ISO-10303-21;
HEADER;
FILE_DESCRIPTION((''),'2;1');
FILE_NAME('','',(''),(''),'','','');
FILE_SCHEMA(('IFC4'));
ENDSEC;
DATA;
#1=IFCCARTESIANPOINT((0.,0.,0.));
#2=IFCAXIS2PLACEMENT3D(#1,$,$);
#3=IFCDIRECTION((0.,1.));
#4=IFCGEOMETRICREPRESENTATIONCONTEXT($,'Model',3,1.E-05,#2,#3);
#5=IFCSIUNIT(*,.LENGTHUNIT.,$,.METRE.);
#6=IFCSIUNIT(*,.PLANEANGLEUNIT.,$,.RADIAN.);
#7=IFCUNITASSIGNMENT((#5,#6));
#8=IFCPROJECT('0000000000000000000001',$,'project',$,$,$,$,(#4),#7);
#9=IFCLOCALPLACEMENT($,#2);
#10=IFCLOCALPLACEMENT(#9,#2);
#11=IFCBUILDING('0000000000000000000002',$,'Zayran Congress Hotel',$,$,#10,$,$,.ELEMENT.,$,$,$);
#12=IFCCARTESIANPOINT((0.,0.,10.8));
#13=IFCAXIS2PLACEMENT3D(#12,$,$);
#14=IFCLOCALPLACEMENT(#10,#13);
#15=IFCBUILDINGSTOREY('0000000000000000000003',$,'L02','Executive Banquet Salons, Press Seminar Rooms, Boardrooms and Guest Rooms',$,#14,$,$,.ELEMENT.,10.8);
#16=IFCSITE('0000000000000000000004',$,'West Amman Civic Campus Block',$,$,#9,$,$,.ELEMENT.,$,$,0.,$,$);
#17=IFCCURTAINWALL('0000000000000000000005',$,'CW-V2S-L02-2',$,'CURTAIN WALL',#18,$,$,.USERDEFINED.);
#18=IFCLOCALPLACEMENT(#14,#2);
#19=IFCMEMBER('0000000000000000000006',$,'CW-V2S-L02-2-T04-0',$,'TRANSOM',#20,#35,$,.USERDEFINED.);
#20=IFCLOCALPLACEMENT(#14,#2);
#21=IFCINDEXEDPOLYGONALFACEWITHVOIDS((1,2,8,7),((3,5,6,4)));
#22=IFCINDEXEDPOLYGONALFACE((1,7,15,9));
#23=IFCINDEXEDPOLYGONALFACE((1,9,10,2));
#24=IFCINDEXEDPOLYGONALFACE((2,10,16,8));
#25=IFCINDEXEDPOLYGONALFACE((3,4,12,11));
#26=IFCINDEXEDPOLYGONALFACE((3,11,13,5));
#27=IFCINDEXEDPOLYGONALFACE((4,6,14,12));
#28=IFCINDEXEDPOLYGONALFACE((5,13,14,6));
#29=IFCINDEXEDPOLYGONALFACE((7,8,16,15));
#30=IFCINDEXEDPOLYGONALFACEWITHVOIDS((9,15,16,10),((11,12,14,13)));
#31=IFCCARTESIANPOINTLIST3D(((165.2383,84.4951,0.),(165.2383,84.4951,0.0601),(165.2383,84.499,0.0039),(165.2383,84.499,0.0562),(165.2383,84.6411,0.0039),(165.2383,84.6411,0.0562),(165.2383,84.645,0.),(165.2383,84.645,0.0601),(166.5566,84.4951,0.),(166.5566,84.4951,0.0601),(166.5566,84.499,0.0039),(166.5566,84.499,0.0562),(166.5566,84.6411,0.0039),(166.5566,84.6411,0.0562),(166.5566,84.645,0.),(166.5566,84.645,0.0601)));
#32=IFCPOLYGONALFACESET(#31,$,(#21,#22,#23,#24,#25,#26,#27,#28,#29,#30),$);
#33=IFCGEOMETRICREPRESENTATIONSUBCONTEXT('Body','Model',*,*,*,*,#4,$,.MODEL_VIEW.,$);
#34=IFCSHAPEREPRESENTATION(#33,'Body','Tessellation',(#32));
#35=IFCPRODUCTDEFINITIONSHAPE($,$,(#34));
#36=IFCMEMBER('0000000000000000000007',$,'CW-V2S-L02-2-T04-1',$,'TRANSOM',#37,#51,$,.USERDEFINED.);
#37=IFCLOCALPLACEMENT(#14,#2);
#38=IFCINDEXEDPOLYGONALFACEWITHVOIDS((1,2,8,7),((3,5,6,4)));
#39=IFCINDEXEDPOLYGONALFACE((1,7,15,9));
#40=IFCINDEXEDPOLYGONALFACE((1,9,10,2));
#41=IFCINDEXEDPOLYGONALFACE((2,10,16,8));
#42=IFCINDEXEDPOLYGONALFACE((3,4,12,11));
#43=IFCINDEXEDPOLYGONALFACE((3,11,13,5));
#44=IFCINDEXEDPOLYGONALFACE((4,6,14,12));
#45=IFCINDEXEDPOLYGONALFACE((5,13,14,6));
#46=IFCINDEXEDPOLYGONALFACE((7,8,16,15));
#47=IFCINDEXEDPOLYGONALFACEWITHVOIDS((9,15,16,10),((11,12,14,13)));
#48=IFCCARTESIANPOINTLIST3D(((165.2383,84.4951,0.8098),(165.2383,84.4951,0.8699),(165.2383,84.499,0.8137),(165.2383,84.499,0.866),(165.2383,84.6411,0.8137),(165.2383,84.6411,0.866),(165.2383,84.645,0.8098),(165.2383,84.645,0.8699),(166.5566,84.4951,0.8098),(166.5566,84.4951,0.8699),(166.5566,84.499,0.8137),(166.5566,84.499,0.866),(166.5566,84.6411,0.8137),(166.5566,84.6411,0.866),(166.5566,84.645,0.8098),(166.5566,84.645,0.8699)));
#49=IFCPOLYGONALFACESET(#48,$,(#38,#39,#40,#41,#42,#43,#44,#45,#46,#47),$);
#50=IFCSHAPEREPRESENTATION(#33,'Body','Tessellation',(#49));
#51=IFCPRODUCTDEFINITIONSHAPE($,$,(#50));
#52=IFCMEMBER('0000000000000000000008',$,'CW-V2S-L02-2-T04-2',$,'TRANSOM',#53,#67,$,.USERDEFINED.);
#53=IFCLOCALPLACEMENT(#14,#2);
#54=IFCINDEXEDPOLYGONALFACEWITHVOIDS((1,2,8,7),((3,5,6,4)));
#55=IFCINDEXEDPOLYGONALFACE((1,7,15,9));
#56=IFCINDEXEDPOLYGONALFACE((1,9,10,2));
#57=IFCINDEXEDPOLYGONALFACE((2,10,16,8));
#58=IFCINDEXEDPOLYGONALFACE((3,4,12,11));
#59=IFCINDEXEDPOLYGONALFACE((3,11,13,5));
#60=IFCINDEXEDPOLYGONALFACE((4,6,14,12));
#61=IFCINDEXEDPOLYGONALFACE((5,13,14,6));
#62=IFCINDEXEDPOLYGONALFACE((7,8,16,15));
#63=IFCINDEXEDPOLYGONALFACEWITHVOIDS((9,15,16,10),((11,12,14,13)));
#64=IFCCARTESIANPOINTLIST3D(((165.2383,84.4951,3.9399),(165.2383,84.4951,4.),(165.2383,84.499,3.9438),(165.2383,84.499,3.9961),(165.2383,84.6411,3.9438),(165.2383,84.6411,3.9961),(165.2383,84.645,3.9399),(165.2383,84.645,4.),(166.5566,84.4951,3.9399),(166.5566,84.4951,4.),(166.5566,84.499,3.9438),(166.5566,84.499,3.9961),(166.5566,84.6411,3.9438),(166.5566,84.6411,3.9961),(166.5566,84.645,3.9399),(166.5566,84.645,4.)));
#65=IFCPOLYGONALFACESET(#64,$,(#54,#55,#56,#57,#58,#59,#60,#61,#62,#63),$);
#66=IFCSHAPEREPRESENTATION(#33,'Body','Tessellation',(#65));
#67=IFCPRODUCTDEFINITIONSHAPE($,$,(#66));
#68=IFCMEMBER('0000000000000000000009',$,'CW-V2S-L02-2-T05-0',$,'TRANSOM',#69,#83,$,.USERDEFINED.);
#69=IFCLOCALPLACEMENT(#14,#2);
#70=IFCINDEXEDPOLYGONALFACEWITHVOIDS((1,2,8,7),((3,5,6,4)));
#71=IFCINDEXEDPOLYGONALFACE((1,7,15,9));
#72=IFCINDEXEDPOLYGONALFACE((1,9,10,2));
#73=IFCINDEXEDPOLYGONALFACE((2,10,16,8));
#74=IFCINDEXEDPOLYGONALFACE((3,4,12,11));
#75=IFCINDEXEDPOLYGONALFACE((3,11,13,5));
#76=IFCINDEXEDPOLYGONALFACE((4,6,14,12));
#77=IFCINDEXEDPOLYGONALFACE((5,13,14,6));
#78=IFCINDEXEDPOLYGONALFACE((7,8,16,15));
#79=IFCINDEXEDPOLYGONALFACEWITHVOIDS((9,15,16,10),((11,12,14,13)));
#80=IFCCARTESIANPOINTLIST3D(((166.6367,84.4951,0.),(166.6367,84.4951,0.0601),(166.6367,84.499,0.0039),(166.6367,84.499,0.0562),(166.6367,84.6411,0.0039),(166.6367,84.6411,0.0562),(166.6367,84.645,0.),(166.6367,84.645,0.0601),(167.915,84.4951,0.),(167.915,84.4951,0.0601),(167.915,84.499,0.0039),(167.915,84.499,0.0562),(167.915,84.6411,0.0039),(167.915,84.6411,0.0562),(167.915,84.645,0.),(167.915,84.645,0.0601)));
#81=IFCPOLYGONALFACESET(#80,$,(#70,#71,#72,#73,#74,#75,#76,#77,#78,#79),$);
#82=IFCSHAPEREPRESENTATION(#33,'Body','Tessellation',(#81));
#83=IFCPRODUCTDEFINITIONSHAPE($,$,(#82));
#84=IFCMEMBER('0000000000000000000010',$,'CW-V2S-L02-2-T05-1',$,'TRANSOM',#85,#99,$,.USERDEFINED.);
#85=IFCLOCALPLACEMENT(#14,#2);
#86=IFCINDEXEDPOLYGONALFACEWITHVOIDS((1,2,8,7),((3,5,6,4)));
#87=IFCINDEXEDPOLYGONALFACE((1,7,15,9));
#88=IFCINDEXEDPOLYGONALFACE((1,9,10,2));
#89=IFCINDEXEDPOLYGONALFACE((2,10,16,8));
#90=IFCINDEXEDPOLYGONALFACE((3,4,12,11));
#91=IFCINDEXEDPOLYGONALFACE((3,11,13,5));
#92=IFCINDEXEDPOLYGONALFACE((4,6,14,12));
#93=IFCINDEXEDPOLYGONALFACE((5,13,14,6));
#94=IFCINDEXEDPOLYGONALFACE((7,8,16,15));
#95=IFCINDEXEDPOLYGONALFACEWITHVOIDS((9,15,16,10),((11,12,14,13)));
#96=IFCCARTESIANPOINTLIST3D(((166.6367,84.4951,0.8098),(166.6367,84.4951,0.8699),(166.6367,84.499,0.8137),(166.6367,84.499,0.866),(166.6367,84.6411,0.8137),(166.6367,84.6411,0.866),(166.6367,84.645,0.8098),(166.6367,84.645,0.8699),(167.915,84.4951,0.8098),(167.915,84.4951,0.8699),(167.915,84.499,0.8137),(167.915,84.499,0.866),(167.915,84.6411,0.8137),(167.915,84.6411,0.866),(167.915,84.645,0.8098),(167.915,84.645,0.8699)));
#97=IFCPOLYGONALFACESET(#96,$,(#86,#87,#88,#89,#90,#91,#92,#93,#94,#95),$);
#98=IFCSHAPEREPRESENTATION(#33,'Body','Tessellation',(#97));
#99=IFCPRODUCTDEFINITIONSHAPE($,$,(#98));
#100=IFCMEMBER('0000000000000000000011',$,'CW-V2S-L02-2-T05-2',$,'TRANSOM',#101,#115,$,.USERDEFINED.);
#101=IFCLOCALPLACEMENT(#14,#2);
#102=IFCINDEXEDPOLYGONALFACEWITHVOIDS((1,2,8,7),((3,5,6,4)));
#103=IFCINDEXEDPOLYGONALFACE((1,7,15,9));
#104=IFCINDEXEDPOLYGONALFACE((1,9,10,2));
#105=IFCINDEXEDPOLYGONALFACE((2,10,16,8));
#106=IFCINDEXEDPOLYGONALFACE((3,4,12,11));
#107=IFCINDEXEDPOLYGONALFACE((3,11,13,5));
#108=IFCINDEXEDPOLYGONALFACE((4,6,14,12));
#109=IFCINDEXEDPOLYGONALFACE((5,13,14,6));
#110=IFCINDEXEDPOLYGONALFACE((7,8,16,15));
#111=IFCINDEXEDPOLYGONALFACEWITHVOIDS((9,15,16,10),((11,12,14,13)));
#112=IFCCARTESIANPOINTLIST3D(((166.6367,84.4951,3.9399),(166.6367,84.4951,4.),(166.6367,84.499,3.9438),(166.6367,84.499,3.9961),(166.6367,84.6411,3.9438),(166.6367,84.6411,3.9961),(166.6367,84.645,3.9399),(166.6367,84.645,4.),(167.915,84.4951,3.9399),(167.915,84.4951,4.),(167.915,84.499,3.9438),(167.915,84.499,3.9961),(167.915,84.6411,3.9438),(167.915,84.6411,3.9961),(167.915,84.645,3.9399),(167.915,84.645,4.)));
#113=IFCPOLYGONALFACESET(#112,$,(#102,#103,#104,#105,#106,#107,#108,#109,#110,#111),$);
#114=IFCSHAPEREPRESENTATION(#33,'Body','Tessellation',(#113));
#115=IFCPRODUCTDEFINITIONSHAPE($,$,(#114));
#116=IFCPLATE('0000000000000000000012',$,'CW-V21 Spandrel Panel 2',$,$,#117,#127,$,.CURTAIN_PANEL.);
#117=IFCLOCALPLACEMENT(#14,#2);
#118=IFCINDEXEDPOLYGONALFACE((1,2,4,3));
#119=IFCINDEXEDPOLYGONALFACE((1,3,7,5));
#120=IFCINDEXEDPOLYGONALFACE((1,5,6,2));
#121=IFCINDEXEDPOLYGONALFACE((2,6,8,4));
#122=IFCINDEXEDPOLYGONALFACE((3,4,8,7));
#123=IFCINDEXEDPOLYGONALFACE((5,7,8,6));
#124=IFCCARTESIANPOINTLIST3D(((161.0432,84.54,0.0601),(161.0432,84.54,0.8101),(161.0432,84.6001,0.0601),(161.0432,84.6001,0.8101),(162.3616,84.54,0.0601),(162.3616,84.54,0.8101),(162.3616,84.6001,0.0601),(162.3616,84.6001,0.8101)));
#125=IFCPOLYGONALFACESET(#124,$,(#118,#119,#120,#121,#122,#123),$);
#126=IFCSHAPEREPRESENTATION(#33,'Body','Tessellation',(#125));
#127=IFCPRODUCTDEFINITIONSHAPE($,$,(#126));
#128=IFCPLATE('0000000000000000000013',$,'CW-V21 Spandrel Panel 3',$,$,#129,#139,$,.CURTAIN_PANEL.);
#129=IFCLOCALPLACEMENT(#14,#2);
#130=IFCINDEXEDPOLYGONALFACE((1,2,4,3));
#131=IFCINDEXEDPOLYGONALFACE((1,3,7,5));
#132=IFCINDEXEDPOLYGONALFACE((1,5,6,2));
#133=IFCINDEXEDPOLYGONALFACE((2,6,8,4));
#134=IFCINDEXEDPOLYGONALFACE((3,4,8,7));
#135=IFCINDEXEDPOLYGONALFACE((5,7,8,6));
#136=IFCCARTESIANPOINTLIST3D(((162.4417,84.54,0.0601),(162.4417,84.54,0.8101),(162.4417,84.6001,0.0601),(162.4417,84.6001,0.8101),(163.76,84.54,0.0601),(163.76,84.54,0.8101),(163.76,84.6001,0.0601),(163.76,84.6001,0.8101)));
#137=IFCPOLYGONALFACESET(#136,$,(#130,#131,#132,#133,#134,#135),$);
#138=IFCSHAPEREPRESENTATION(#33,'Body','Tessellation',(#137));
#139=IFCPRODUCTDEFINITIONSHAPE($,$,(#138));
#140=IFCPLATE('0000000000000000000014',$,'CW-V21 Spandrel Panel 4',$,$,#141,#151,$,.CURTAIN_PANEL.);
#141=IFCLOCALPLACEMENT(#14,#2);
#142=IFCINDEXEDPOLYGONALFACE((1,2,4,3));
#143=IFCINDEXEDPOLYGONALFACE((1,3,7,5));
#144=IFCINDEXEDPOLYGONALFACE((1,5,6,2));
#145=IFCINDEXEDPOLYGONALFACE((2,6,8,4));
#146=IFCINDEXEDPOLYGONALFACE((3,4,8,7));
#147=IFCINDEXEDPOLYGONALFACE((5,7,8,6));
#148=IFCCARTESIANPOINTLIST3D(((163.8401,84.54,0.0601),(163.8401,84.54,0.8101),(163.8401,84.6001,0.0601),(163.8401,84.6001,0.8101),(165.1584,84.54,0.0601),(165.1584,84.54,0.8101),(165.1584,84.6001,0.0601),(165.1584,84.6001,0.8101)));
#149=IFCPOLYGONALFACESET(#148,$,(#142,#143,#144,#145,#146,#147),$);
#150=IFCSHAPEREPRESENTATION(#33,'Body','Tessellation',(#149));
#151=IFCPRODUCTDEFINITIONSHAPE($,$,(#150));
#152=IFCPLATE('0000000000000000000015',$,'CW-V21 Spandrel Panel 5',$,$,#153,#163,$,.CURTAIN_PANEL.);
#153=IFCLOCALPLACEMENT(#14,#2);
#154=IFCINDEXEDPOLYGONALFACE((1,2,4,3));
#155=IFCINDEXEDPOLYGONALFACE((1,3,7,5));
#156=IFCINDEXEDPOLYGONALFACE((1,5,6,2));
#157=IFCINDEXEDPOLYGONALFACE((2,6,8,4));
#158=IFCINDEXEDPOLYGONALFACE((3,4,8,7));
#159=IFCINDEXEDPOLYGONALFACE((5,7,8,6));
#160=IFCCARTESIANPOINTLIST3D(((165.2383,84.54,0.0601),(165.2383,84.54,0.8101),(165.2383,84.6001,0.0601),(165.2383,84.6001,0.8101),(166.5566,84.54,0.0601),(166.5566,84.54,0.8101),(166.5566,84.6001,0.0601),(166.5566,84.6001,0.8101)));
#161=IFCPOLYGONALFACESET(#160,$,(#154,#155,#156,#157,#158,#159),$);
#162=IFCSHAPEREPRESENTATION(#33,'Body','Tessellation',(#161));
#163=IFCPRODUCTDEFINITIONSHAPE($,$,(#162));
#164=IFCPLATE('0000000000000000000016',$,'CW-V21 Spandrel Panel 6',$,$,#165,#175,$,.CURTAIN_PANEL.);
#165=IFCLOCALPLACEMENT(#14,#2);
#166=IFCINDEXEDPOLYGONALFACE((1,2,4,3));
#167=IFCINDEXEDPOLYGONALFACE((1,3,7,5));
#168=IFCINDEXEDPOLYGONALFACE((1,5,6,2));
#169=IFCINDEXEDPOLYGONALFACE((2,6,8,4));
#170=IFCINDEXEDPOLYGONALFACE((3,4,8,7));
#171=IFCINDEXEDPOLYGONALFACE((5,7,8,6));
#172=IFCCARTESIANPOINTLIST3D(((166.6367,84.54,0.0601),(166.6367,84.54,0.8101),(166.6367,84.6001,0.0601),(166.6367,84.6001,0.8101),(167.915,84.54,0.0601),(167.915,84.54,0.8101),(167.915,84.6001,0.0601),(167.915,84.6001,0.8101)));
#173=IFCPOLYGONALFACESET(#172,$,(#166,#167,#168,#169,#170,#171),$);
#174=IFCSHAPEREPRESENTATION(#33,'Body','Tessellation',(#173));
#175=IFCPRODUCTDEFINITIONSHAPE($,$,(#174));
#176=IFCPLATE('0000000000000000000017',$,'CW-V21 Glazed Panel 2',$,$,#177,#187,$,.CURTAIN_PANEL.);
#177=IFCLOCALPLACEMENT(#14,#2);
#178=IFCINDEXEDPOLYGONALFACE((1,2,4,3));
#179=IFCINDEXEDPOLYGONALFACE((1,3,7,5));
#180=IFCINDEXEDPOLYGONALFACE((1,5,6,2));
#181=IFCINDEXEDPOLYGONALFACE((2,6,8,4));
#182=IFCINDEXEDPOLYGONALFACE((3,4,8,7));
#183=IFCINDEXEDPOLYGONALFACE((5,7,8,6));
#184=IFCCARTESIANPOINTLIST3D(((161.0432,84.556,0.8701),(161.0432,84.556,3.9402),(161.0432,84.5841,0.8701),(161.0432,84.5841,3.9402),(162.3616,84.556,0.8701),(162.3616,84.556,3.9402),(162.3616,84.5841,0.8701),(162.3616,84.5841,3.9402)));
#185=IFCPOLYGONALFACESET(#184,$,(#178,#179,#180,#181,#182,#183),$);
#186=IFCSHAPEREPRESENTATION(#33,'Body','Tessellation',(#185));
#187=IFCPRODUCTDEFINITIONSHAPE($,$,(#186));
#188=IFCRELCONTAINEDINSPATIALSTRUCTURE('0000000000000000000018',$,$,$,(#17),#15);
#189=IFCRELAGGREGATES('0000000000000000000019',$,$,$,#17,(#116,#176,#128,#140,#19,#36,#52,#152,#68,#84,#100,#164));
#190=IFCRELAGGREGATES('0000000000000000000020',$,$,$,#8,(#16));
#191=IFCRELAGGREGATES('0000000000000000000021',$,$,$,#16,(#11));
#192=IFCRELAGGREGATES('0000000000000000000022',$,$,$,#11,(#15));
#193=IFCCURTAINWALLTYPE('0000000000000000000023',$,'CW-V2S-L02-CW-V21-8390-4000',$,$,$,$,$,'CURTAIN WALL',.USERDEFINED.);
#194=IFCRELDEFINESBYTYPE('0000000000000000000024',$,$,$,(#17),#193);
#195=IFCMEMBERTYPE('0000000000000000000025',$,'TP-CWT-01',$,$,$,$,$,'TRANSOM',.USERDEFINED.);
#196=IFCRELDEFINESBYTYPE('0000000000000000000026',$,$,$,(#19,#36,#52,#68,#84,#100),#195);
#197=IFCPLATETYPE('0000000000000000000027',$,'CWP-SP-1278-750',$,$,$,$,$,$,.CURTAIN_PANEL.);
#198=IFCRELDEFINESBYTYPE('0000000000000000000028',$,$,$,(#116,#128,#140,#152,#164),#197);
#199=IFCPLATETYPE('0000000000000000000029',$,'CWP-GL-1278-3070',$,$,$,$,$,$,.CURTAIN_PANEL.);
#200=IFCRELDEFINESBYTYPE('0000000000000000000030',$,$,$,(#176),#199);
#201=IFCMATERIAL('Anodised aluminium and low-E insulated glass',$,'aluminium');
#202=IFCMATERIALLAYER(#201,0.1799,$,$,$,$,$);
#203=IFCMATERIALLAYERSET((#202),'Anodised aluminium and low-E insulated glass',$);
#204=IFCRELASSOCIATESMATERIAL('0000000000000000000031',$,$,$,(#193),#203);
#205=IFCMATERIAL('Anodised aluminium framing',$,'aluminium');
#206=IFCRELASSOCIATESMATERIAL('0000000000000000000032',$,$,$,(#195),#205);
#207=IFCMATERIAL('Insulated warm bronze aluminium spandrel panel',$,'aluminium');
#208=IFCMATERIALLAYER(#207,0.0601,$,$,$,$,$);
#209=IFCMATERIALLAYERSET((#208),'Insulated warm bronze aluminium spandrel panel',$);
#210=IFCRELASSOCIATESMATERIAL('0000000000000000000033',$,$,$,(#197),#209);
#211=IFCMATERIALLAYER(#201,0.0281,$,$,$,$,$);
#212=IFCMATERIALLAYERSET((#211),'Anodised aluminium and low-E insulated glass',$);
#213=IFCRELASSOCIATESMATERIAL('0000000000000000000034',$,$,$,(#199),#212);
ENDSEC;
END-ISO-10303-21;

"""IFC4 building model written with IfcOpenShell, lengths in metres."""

from ifc_helpers import new_model, si_unit, direction, frame, origin, origin_2d, place, context, subcontext, project, spatial, rectangle, hollow_rectangle, extrude, material, layer, layer_set, material_profile, profile_set, type_object, element, aggregate, save


model = new_model("IFC4")

# Units and contexts
model_context = context("Model", 3, precision=1e-05, world=origin(), true_north=direction((0.0, 1.0)))
body_context = subcontext(model_context, "Body", "Model", "MODEL_VIEW")
ifc_project = project(units=[si_unit("LENGTHUNIT", "METRE"), si_unit("PLANEANGLEUNIT", "RADIAN")], contexts=[model_context])

# Site, building, storey
site_placement = place(None, origin())
site = spatial("IfcSite", under=ifc_project, at=site_placement, Name="West Amman Civic Campus Block", CompositionType="ELEMENT", RefElevation=0.0)
building_placement = place(site_placement, origin())
building = spatial("IfcBuilding", under=site, at=building_placement, Name="Zayran Congress Hotel", CompositionType="ELEMENT")
storey_placement = place(building_placement, frame((0.0, 0.0, 10.8)))
storey = spatial("IfcBuildingStorey", under=building, at=storey_placement, Name="L02", Description="Executive Banquet Salons, Press Seminar Rooms, Boardrooms and Guest Rooms", CompositionType="ELEMENT", Elevation=10.8)

# Curtain wall, members, plates
ifc_material_1 = material(Name="Anodised aluminium and low-E insulated glass", Category="aluminium")
ifc_layer_1 = layer(ifc_material_1, 0.1799)
ifc_layer_set_1 = layer_set([ifc_layer_1], Name="Anodised aluminium and low-E insulated glass")
curtain_wall_type = type_object("IfcCurtainWallType", Name="CW-V2S-L02-CW-V21-8390-4000", ElementType="CURTAIN WALL", PredefinedType="USERDEFINED", material=ifc_layer_set_1)
curtain_wall_placement = place(storey_placement, origin())
curtain_wall = element("IfcCurtainWall", 1, at=curtain_wall_placement, inside=storey, type_object=curtain_wall_type, Name="CW-V2S-L02-2", ObjectType="CURTAIN WALL", PredefinedType="USERDEFINED")
ifc_material_2 = material(Name="Anodised aluminium framing", Category="aluminium")
ifc_material_profile_1 = material_profile(ifc_material_2, hollow_rectangle(XDim=0.0601, YDim=0.1499, WallThickness=0.0039, at=origin_2d()), Name="RHS 150x60x4")
ifc_profile_set_1 = profile_set([ifc_material_profile_1], Name="Anodised aluminium framing")
member_type_1 = type_object("IfcMemberType", Name="TP-CWT-01", ElementType="TRANSOM", PredefinedType="USERDEFINED", material=ifc_profile_set_1)
member_1_placement = place(storey_placement, frame((165.2383, 84.5701, 0.03), z_axis=(1.0, 0.0, 0.0), x_axis=(0.0, 0.0, 1.0)))
member_1 = element("IfcMember", 2, at=member_1_placement, type_object=member_type_1, Name="CW-V2S-L02-2-T04-0", ObjectType="TRANSOM", PredefinedType="USERDEFINED", context=body_context, shape_type="SweptSolid", body=[
    extrude(hollow_rectangle(XDim=0.0601, YDim=0.1499, WallThickness=0.0039, at=origin_2d()), origin(), (0.0, 0.0, 1.0), 1.3184),
])
member_2_placement = place(storey_placement, frame((165.2383, 84.5701, 0.8398), z_axis=(1.0, 0.0, 0.0), x_axis=(0.0, 0.0, 1.0)))
member_2 = element("IfcMember", 3, at=member_2_placement, type_object=member_type_1, Name="CW-V2S-L02-2-T04-1", ObjectType="TRANSOM", PredefinedType="USERDEFINED", context=body_context, shape_type="SweptSolid", body=[
    extrude(hollow_rectangle(XDim=0.0601, YDim=0.1499, WallThickness=0.0039, at=origin_2d()), origin(), (0.0, 0.0, 1.0), 1.3184),
])
member_3_placement = place(storey_placement, frame((165.2383, 84.5701, 3.97), z_axis=(1.0, 0.0, 0.0), x_axis=(0.0, 0.0, 1.0)))
member_3 = element("IfcMember", 4, at=member_3_placement, type_object=member_type_1, Name="CW-V2S-L02-2-T04-2", ObjectType="TRANSOM", PredefinedType="USERDEFINED", context=body_context, shape_type="SweptSolid", body=[
    extrude(hollow_rectangle(XDim=0.0601, YDim=0.1499, WallThickness=0.0039, at=origin_2d()), origin(), (0.0, 0.0, 1.0), 1.3184),
])
member_4_placement = place(storey_placement, frame((166.6367, 84.5701, 0.03), z_axis=(1.0, 0.0, 0.0), x_axis=(0.0, 0.0, 1.0)))
member_4 = element("IfcMember", 5, at=member_4_placement, type_object=member_type_1, Name="CW-V2S-L02-2-T05-0", ObjectType="TRANSOM", PredefinedType="USERDEFINED", context=body_context, shape_type="SweptSolid", body=[
    extrude(hollow_rectangle(XDim=0.0601, YDim=0.1499, WallThickness=0.0039, at=origin_2d()), origin(), (0.0, 0.0, 1.0), 1.2783),
])
member_5_placement = place(storey_placement, frame((166.6367, 84.5701, 0.8398), z_axis=(1.0, 0.0, 0.0), x_axis=(0.0, 0.0, 1.0)))
member_5 = element("IfcMember", 6, at=member_5_placement, type_object=member_type_1, Name="CW-V2S-L02-2-T05-1", ObjectType="TRANSOM", PredefinedType="USERDEFINED", context=body_context, shape_type="SweptSolid", body=[
    extrude(hollow_rectangle(XDim=0.0601, YDim=0.1499, WallThickness=0.0039, at=origin_2d()), origin(), (0.0, 0.0, 1.0), 1.2783),
])
member_6_placement = place(storey_placement, frame((166.6367, 84.5701, 3.97), z_axis=(1.0, 0.0, 0.0), x_axis=(0.0, 0.0, 1.0)))
member_6 = element("IfcMember", 7, at=member_6_placement, type_object=member_type_1, Name="CW-V2S-L02-2-T05-2", ObjectType="TRANSOM", PredefinedType="USERDEFINED", context=body_context, shape_type="SweptSolid", body=[
    extrude(hollow_rectangle(XDim=0.0601, YDim=0.1499, WallThickness=0.0039, at=origin_2d()), origin(), (0.0, 0.0, 1.0), 1.2783),
])
ifc_material_3 = material(Name="Insulated warm bronze aluminium spandrel panel", Category="aluminium")
ifc_layer_2 = layer(ifc_material_3, 0.0601)
ifc_layer_set_2 = layer_set([ifc_layer_2], Name="Insulated warm bronze aluminium spandrel panel")
plate_type_1 = type_object("IfcPlateType", Name="CWP-SP-1278-750", PredefinedType="CURTAIN_PANEL", material=ifc_layer_set_2)
plate_1_placement = place(storey_placement, frame((161.7024, 84.5701, 0.0601), z_axis=(0.0, 0.0, 1.0), x_axis=(1.0, 0.0, 0.0)))
plate_1 = element("IfcPlate", 8, at=plate_1_placement, type_object=plate_type_1, Name="CW-V21 Spandrel Panel 2", PredefinedType="CURTAIN_PANEL", context=body_context, shape_type="SweptSolid", body=[
    extrude(rectangle(XDim=1.3184, YDim=0.0601, at=origin_2d()), origin(), (0.0, 0.0, 1.0), 0.75),
])
plate_2_placement = place(storey_placement, frame((163.1008, 84.5701, 0.0601), z_axis=(0.0, 0.0, 1.0), x_axis=(1.0, 0.0, 0.0)))
plate_2 = element("IfcPlate", 9, at=plate_2_placement, type_object=plate_type_1, Name="CW-V21 Spandrel Panel 3", PredefinedType="CURTAIN_PANEL", context=body_context, shape_type="SweptSolid", body=[
    extrude(rectangle(XDim=1.3184, YDim=0.0601, at=origin_2d()), origin(), (0.0, 0.0, 1.0), 0.75),
])
plate_3_placement = place(storey_placement, frame((164.4993, 84.5701, 0.0601), z_axis=(0.0, 0.0, 1.0), x_axis=(1.0, 0.0, 0.0)))
plate_3 = element("IfcPlate", 10, at=plate_3_placement, type_object=plate_type_1, Name="CW-V21 Spandrel Panel 4", PredefinedType="CURTAIN_PANEL", context=body_context, shape_type="SweptSolid", body=[
    extrude(rectangle(XDim=1.3184, YDim=0.0601, at=origin_2d()), origin(), (0.0, 0.0, 1.0), 0.75),
])
plate_4_placement = place(storey_placement, frame((165.8975, 84.5701, 0.0601), z_axis=(0.0, 0.0, 1.0), x_axis=(1.0, 0.0, 0.0)))
plate_4 = element("IfcPlate", 11, at=plate_4_placement, type_object=plate_type_1, Name="CW-V21 Spandrel Panel 5", PredefinedType="CURTAIN_PANEL", context=body_context, shape_type="SweptSolid", body=[
    extrude(rectangle(XDim=1.3184, YDim=0.0601, at=origin_2d()), origin(), (0.0, 0.0, 1.0), 0.75),
])
plate_5_placement = place(storey_placement, frame((167.2759, 84.5701, 0.0601), z_axis=(0.0, 0.0, 1.0), x_axis=(1.0, 0.0, 0.0)))
plate_5 = element("IfcPlate", 12, at=plate_5_placement, type_object=plate_type_1, Name="CW-V21 Spandrel Panel 6", PredefinedType="CURTAIN_PANEL", context=body_context, shape_type="SweptSolid", body=[
    extrude(rectangle(XDim=1.2783, YDim=0.0601, at=origin_2d()), origin(), (0.0, 0.0, 1.0), 0.75),
])
ifc_layer_3 = layer(ifc_material_1, 0.0281)
ifc_layer_set_3 = layer_set([ifc_layer_3], Name="Anodised aluminium and low-E insulated glass")
plate_type_2 = type_object("IfcPlateType", Name="CWP-GL-1278-3070", PredefinedType="CURTAIN_PANEL", material=ifc_layer_set_3)
plate_6_placement = place(storey_placement, frame((161.7024, 84.5701, 0.8701), z_axis=(0.0, 0.0, 1.0), x_axis=(1.0, 0.0, 0.0)))
plate_6 = element("IfcPlate", 13, at=plate_6_placement, type_object=plate_type_2, Name="CW-V21 Glazed Panel 2", PredefinedType="CURTAIN_PANEL", context=body_context, shape_type="SweptSolid", body=[
    extrude(rectangle(XDim=1.3184, YDim=0.0281, at=origin_2d()), origin(), (0.0, 0.0, 1.0), 3.0701),
])
aggregate(curtain_wall, [plate_1, plate_6, plate_2, plate_3, member_1, member_2, member_3, plate_4, member_4, member_5, member_6, plate_5])

save(model, "model.ifc")
